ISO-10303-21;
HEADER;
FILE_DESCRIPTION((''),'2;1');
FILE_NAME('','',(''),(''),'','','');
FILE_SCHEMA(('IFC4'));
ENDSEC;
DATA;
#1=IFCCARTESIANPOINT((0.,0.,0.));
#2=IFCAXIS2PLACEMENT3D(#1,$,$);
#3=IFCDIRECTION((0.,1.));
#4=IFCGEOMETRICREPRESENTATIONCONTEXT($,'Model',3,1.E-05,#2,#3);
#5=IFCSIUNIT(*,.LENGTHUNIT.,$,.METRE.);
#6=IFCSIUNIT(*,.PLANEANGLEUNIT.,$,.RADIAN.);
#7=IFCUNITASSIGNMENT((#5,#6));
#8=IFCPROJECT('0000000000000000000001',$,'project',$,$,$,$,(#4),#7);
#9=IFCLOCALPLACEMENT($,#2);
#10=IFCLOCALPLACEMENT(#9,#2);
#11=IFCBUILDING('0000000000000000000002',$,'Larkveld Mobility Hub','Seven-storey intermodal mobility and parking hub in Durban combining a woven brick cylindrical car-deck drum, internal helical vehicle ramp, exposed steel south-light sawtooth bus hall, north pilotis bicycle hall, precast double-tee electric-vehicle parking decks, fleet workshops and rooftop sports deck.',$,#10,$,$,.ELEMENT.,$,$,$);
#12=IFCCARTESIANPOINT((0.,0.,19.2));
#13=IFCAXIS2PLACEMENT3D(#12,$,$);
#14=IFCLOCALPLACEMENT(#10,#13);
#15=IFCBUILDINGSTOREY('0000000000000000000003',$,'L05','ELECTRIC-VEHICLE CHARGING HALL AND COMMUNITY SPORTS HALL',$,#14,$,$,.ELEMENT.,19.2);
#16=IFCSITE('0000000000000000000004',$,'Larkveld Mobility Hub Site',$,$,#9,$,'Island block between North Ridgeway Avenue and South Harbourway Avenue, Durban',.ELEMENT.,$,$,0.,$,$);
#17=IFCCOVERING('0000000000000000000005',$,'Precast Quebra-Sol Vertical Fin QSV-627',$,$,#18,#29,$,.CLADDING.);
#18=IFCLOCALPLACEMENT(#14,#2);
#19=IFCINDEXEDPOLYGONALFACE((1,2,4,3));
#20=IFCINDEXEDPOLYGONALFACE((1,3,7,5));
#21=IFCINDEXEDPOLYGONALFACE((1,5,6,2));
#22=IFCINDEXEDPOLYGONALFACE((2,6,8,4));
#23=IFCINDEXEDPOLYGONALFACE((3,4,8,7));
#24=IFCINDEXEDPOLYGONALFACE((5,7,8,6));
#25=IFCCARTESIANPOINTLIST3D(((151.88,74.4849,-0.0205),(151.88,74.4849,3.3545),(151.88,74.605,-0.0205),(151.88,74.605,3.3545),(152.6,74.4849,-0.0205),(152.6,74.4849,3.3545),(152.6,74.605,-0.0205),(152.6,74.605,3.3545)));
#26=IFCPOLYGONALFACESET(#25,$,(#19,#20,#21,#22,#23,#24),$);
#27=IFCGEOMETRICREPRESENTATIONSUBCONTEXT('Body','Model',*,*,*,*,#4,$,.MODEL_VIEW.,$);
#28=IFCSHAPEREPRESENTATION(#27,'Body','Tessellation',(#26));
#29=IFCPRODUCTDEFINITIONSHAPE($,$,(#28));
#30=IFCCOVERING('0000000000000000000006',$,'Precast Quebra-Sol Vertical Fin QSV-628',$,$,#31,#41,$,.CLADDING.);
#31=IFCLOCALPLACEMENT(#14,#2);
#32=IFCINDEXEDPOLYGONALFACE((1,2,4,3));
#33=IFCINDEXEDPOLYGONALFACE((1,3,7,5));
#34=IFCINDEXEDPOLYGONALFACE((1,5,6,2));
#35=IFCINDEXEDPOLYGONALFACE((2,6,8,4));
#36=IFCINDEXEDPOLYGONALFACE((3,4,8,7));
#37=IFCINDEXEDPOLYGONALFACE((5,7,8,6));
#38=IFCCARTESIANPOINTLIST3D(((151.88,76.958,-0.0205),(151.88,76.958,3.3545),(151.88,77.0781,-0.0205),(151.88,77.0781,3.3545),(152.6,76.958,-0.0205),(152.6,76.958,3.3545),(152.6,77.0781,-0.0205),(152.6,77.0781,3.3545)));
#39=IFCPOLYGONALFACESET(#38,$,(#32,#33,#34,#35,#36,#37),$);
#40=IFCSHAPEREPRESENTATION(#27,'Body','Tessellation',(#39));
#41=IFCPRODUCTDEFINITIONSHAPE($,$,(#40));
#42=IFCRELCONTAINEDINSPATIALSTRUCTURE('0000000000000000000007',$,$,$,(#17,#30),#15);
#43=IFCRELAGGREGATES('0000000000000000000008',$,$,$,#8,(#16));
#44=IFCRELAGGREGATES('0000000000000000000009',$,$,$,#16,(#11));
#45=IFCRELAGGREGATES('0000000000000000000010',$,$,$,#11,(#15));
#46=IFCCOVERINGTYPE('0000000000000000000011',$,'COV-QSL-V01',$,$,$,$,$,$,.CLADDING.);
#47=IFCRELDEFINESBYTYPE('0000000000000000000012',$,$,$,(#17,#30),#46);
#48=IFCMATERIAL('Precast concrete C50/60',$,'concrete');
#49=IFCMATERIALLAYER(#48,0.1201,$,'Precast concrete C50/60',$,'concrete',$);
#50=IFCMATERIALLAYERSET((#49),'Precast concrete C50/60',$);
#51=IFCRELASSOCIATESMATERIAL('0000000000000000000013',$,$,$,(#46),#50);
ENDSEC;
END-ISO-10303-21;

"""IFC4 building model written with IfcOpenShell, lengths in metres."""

from ifc_helpers import new_model, si_unit, direction, frame, origin, origin_2d, place, context, subcontext, project, spatial, rectangle, extrude, material, layer, layer_set, type_object, element, save


model = new_model("IFC4")

# Units and contexts
model_context = context("Model", 3, precision=1e-05, world=origin(), true_north=direction((0.0, 1.0)))
body_context = subcontext(model_context, "Body", "Model", "MODEL_VIEW")
ifc_project = project(units=[si_unit("LENGTHUNIT", "METRE"), si_unit("PLANEANGLEUNIT", "RADIAN")], contexts=[model_context])

# Site, building, storey
site_placement = place(None, origin())
site = spatial("IfcSite", under=ifc_project, at=site_placement, Name="Larkveld Mobility Hub Site", LongName="Island block between North Ridgeway Avenue and South Harbourway Avenue, Durban", CompositionType="ELEMENT", RefElevation=0.0)
building_placement = place(site_placement, origin())
building = spatial("IfcBuilding", under=site, at=building_placement, Name="Larkveld Mobility Hub", Description="Seven-storey intermodal mobility and parking hub in Durban combining a woven brick cylindrical car-deck drum, internal helical vehicle ramp, exposed steel south-light sawtooth bus hall, north pilotis bicycle hall, precast double-tee electric-vehicle parking decks, fleet workshops and rooftop sports deck.", CompositionType="ELEMENT")
storey_placement = place(building_placement, frame((0.0, 0.0, 19.2)))
storey = spatial("IfcBuildingStorey", under=building, at=storey_placement, Name="L05", Description="ELECTRIC-VEHICLE CHARGING HALL AND COMMUNITY SPORTS HALL", CompositionType="ELEMENT", Elevation=19.2)

# Coverings
ifc_material_1 = material(Name="Precast concrete C50/60", Category="concrete")
ifc_layer_1 = layer(ifc_material_1, 0.1201, Name="Precast concrete C50/60", Category="concrete")
ifc_layer_set_1 = layer_set([ifc_layer_1], Name="Precast concrete C50/60")
covering_type = type_object("IfcCoveringType", Name="COV-QSL-V01", PredefinedType="CLADDING", material=ifc_layer_set_1)
for number, where, z_axis, x_axis, name in (
    (1, (152.24, 74.5449, -0.0205), (0.0, 0.0, 1.0), (0.0, 1.0, 0.0), "Precast Quebra-Sol Vertical Fin QSV-627"),
    (2, (152.24, 77.0181, -0.0205), (0.0, 0.0, 1.0), (0.0, 1.0, 0.0), "Precast Quebra-Sol Vertical Fin QSV-628"),
):
    element("IfcCovering", number, at=place(storey_placement, frame(where, z_axis=z_axis, x_axis=x_axis)), inside=storey, type_object=covering_type, Name=name, PredefinedType="CLADDING", context=body_context, shape_type="SweptSolid", body=[
        extrude(rectangle(XDim=0.1201, YDim=0.72, at=origin_2d()), origin(), (0.0, 0.0, 1.0), 3.375),
    ])

save(model, "model.ifc")
